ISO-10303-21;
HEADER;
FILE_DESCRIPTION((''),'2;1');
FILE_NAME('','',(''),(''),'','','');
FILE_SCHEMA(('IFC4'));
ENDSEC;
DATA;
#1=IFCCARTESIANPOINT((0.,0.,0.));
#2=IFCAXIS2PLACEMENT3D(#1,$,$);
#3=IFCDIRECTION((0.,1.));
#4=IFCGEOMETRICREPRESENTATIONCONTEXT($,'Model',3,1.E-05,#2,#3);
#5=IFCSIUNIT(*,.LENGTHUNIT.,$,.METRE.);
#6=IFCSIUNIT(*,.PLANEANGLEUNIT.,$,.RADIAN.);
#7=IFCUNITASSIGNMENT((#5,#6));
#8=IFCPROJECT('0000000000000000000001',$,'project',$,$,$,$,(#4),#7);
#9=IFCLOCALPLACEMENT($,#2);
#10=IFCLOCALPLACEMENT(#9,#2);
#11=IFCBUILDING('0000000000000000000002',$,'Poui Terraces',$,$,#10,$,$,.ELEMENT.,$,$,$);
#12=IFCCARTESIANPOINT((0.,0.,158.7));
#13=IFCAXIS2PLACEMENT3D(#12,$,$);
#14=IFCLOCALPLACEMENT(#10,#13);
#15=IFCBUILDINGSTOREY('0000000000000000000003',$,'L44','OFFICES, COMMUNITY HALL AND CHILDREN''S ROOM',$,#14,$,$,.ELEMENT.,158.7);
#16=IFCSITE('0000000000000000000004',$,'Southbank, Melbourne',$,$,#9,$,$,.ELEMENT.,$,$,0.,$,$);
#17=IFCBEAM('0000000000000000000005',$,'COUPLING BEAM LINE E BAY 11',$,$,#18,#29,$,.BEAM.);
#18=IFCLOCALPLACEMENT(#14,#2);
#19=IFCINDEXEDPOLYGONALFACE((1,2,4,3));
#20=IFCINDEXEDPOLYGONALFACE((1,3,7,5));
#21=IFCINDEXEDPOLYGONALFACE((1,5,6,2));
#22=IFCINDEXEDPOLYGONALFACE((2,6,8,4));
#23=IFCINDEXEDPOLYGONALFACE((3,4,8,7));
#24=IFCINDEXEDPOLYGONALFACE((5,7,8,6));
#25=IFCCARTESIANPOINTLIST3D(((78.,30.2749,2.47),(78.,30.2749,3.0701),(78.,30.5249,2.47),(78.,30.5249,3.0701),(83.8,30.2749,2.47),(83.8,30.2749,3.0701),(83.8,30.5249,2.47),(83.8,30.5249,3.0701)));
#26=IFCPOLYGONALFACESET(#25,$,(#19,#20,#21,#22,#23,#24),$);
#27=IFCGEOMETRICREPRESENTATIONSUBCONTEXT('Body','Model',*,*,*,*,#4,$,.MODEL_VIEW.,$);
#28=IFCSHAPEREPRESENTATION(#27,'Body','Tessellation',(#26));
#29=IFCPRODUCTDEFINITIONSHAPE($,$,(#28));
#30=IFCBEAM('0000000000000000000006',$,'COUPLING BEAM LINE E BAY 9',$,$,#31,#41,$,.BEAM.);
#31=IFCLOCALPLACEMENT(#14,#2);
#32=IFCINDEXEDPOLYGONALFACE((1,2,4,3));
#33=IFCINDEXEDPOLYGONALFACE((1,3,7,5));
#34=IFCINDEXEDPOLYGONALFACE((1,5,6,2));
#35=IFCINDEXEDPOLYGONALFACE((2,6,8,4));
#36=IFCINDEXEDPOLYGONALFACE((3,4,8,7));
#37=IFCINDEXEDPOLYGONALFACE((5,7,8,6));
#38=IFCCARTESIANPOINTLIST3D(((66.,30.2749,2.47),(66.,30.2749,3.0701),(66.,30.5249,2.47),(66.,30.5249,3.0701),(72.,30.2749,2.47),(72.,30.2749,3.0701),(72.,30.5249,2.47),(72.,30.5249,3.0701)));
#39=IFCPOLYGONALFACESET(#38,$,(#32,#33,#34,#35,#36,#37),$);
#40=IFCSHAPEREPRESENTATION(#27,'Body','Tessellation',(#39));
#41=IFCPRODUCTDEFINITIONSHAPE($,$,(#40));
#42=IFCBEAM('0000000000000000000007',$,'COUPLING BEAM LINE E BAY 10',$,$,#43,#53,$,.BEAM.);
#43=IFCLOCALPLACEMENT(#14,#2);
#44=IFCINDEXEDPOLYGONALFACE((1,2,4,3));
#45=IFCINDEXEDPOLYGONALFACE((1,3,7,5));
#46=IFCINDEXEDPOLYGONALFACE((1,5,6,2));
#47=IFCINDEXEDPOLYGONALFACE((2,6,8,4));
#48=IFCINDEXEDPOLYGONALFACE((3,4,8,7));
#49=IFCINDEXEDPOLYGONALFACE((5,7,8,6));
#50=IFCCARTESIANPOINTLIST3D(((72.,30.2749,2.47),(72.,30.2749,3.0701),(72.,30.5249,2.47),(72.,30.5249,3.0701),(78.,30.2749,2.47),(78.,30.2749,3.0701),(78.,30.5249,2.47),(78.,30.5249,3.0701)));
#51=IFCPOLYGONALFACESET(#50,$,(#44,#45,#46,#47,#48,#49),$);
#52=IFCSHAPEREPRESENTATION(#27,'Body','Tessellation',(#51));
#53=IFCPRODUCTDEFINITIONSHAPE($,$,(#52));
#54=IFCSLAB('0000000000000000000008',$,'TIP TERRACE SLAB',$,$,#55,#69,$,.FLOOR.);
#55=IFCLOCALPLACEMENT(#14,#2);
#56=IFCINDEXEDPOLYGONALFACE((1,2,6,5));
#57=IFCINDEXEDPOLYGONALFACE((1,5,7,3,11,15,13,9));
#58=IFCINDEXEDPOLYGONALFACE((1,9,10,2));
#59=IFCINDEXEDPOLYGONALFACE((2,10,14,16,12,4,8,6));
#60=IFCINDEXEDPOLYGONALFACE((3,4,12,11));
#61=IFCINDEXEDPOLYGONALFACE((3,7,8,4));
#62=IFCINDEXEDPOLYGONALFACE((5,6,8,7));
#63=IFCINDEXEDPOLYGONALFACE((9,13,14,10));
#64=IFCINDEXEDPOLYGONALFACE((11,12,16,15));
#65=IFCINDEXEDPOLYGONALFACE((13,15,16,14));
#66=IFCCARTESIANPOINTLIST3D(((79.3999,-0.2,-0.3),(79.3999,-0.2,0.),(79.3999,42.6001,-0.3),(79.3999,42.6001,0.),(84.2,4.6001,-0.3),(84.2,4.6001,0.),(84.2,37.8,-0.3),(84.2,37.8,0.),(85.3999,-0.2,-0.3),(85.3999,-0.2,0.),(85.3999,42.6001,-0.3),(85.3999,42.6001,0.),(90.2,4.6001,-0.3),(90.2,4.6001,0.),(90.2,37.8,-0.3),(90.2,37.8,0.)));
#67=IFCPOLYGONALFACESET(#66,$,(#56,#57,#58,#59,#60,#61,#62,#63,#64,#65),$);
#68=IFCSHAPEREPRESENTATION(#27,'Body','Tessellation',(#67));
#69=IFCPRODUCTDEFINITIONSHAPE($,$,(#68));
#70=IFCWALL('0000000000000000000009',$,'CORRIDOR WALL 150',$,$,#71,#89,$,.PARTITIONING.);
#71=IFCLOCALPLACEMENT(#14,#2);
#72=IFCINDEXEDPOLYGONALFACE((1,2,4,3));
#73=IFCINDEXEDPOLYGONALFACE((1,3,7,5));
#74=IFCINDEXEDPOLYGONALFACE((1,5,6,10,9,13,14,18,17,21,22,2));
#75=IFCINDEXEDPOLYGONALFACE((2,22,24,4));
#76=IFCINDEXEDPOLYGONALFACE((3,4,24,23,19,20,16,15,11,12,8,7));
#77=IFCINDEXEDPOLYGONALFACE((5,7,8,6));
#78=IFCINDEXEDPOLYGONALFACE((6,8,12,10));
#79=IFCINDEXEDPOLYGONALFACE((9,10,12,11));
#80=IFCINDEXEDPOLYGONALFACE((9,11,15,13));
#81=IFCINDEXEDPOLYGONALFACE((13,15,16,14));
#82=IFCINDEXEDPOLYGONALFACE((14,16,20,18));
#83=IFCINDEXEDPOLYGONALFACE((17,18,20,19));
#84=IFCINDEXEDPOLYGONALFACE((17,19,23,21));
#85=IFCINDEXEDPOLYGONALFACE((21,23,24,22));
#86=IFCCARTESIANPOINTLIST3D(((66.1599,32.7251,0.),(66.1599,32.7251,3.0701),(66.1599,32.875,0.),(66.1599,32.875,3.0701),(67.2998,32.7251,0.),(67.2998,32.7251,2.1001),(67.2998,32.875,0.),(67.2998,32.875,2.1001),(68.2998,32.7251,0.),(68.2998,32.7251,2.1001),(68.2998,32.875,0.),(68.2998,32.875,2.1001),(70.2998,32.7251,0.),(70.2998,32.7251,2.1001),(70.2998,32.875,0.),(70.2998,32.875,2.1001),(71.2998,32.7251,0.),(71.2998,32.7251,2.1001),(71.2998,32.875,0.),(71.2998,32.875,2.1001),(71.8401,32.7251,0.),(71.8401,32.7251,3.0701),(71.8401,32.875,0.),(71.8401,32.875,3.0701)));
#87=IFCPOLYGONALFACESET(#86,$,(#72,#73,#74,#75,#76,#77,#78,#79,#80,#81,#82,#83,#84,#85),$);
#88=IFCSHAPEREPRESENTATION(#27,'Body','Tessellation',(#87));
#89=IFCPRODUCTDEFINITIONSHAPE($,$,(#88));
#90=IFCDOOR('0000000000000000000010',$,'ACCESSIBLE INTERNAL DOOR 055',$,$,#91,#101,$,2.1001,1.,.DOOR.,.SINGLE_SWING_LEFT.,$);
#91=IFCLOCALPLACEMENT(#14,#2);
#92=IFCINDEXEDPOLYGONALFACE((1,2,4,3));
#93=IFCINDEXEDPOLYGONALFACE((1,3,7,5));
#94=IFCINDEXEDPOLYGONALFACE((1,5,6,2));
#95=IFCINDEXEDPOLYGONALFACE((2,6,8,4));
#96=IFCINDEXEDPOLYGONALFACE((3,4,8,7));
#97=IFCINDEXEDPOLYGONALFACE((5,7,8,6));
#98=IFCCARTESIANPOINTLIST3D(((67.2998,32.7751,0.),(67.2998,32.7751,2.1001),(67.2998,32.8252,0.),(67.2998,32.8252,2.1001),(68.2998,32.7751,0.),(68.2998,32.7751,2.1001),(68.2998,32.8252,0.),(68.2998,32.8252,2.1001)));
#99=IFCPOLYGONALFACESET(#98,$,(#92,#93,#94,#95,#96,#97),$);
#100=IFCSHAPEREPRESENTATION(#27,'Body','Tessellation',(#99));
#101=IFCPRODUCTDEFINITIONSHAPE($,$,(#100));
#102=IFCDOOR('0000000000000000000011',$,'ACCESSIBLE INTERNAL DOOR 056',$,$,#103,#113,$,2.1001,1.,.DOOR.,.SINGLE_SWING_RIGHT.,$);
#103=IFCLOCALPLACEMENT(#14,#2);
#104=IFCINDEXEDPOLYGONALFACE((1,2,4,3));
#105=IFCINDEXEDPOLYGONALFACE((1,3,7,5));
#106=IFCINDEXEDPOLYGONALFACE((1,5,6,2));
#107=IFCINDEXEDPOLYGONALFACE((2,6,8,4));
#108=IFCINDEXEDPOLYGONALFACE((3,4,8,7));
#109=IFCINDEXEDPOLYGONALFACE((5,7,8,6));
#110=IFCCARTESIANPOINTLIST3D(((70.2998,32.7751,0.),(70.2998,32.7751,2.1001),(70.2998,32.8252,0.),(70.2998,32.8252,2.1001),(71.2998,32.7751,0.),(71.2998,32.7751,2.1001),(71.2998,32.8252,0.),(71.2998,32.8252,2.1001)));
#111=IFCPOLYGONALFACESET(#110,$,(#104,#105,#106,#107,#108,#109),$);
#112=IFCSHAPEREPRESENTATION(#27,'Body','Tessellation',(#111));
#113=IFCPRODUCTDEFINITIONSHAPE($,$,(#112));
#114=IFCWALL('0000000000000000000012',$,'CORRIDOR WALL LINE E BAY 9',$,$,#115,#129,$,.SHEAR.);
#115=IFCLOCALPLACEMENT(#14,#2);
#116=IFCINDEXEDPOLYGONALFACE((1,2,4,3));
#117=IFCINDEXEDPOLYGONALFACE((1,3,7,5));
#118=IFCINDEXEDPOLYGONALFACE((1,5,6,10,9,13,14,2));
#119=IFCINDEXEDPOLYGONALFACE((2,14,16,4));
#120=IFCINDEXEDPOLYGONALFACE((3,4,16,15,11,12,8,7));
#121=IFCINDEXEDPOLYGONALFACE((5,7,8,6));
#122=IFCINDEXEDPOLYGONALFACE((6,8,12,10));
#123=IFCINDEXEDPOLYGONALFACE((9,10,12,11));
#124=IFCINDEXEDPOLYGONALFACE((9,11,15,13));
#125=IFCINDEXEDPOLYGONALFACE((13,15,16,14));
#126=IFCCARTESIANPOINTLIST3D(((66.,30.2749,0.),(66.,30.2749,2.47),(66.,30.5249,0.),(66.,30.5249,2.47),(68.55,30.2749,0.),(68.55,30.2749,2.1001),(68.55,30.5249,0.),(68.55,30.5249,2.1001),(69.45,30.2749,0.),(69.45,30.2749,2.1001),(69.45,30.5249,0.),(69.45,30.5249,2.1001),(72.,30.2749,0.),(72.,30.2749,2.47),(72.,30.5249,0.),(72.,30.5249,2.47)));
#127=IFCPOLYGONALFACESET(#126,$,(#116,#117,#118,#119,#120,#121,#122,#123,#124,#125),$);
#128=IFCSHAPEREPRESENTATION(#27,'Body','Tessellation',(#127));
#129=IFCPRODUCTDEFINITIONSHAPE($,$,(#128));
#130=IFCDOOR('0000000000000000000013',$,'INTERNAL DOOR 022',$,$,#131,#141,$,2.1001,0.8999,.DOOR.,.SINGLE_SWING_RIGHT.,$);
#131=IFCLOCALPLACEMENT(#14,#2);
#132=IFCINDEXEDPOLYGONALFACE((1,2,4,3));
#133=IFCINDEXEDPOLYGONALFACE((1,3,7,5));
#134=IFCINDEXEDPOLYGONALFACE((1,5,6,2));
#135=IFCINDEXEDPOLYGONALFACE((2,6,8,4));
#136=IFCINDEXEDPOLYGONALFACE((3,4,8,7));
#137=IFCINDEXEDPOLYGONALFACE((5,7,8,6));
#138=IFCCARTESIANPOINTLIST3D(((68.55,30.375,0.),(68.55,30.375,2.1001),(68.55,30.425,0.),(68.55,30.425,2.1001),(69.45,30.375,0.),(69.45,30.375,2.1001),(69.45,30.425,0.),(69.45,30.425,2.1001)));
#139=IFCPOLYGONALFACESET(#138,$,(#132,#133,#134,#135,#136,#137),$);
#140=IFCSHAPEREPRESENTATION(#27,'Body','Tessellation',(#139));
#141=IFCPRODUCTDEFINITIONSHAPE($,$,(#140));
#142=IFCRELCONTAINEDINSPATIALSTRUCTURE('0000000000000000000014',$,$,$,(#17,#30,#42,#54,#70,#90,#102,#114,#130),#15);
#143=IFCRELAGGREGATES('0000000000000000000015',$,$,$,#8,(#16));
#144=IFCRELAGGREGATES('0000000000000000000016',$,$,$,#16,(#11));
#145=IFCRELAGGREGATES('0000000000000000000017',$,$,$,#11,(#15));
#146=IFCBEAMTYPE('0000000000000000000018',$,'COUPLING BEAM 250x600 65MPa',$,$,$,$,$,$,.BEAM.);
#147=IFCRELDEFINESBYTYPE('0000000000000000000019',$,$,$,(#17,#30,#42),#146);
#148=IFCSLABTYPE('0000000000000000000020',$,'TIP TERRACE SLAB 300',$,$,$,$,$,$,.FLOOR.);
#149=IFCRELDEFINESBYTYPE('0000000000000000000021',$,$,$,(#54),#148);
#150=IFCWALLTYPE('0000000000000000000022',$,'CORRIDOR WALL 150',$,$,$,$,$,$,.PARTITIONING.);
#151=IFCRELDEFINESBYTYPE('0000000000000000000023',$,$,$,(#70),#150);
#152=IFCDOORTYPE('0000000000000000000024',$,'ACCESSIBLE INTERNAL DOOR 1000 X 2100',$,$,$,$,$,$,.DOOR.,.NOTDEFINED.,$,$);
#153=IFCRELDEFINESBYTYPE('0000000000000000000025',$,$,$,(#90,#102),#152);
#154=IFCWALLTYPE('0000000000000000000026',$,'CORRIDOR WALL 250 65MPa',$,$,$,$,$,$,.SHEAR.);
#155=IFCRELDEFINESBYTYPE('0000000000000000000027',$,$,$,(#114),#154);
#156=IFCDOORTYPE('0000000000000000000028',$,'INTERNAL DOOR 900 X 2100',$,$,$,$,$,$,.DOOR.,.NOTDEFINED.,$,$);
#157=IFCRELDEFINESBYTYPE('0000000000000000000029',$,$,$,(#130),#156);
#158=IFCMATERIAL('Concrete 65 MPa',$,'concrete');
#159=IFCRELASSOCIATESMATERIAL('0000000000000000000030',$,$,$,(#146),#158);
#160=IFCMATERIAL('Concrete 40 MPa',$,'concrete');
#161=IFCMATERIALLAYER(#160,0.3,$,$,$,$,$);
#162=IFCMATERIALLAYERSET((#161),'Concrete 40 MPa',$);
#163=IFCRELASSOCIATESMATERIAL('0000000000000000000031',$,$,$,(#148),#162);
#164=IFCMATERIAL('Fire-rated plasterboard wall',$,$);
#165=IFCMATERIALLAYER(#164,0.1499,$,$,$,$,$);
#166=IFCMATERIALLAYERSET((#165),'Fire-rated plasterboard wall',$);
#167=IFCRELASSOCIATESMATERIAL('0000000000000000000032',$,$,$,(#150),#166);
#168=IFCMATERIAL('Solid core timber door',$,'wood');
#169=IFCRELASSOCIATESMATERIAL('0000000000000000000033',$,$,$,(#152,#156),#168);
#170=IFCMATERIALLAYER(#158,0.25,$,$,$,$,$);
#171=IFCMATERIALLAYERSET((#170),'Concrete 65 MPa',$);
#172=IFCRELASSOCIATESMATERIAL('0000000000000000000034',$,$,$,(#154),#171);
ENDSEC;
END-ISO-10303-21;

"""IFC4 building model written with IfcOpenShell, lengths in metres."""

from ifc_helpers import new_model, si_unit, direction, frame, frame_2d, origin, origin_2d, place, context, subcontext, project, spatial, polyline, rectangle, outline, extrude, source, transform, mapped, material, layer, layer_set, material_profile, profile_set, type_object, element, fill, save


model = new_model("IFC4")

# Units and contexts
model_context = context("Model", 3, precision=1e-05, world=origin(), true_north=direction((0.0, 1.0)))
body_context = subcontext(model_context, "Body", "Model", "MODEL_VIEW")
ifc_project = project(units=[si_unit("LENGTHUNIT", "METRE"), si_unit("PLANEANGLEUNIT", "RADIAN")], contexts=[model_context])

# Site, building, storey
site_placement = place(None, origin())
site = spatial("IfcSite", under=ifc_project, at=site_placement, Name="Southbank, Melbourne", CompositionType="ELEMENT", RefElevation=0.0)
building_placement = place(site_placement, origin())
building = spatial("IfcBuilding", under=site, at=building_placement, Name="Poui Terraces", CompositionType="ELEMENT")
storey_placement = place(building_placement, frame((0.0, 0.0, 158.7)))
storey = spatial("IfcBuildingStorey", under=building, at=storey_placement, Name="L44", Description="OFFICES, COMMUNITY HALL AND CHILDREN'S ROOM", CompositionType="ELEMENT", Elevation=158.7)

# Beams
ifc_material_1 = material(Name="Concrete 65 MPa", Category="concrete")
ifc_material_profile = material_profile(ifc_material_1, rectangle(XDim=0.25, YDim=0.6001, at=origin_2d()), Name="RC 250x600")
ifc_profile_set = profile_set([ifc_material_profile], Name="Concrete 65 MPa")
beam_type = type_object("IfcBeamType", Name="COUPLING BEAM 250x600 65MPa", PredefinedType="BEAM", material=ifc_profile_set)
shared_shape_1 = source(origin(), body_context, "Body", "SweptSolid", [
    extrude(rectangle(XDim=0.25, YDim=0.6001, at=origin_2d()), origin(), (0.0, 0.0, 1.0), 5.8),
])
beam_placement = place(storey_placement, frame((78.0, 30.3999, 2.77), z_axis=(1.0, 0.0, 0.0), x_axis=(0.0, 1.0, 0.0)))
element("IfcBeam", 1, at=beam_placement, inside=storey, type_object=beam_type, Name="COUPLING BEAM LINE E BAY 11", PredefinedType="BEAM", context=body_context, shape_type="MappedRepresentation", body=[
    mapped(shared_shape_1, transform((0.0, 0.0, 0.0))),
])
shared_shape_2 = source(origin(), body_context, "Body", "SweptSolid", [
    extrude(rectangle(XDim=0.25, YDim=0.6001, at=origin_2d()), origin(), (0.0, 0.0, 1.0), 6.0),
])
for number, where, z_axis, x_axis, name in (
    (2, (66.0, 30.3999, 2.77), (1.0, 0.0, 0.0), (0.0, 1.0, 0.0), "COUPLING BEAM LINE E BAY 9"),
    (3, (72.0, 30.3999, 2.77), (1.0, 0.0, 0.0), (0.0, 1.0, 0.0), "COUPLING BEAM LINE E BAY 10"),
):
    element("IfcBeam", number, at=place(storey_placement, frame(where, z_axis=z_axis, x_axis=x_axis)), inside=storey, type_object=beam_type, Name=name, PredefinedType="BEAM", context=body_context, shape_type="MappedRepresentation", body=[
        mapped(shared_shape_2, transform((0.0, 0.0, 0.0))),
    ])

# Slab
ifc_material_2 = material(Name="Concrete 40 MPa", Category="concrete")
ifc_layer_1 = layer(ifc_material_2, 0.3)
ifc_layer_set_1 = layer_set([ifc_layer_1], Name="Concrete 40 MPa")
slab_type = type_object("IfcSlabType", Name="TIP TERRACE SLAB 300", PredefinedType="FLOOR", material=ifc_layer_set_1)
shared_shape_3 = source(origin(), body_context, "Body", "SweptSolid", [
    extrude(outline(polyline([(0.0, 0.0), (-6.0, 0.0), (-1.2, -4.8), (-1.2, -38.0), (-6.0, -42.8), (0.0, -42.8), (4.8, -38.0), (4.8, -4.8), (0.0, 0.0)])), origin(), (0.0, 0.0, 1.0), 0.3),
])
slab_placement = place(storey_placement, frame((85.3999, 42.6001, -0.3)))
element("IfcSlab", 4, at=slab_placement, inside=storey, type_object=slab_type, Name="TIP TERRACE SLAB", PredefinedType="FLOOR", context=body_context, shape_type="MappedRepresentation", body=[
    mapped(shared_shape_3, transform((0.0, 0.0, 0.0))),
])

# Wall, openings, doors
ifc_material_3 = material(Name="Fire-rated plasterboard wall")
ifc_layer_2 = layer(ifc_material_3, 0.1499)
ifc_layer_set_2 = layer_set([ifc_layer_2], Name="Fire-rated plasterboard wall")
wall_type_1 = type_object("IfcWallType", Name="CORRIDOR WALL 150", PredefinedType="PARTITIONING", material=ifc_layer_set_2)
wall_1_placement = place(storey_placement, frame((66.1599, 32.8, 0.0), z_axis=(0.0, 0.0, 1.0), x_axis=(1.0, 0.0, 0.0)))
wall_1 = element("IfcWall", 5, at=wall_1_placement, inside=storey, type_object=wall_type_1, Name="CORRIDOR WALL 150", PredefinedType="PARTITIONING", context=body_context, shape_type="SweptSolid", body=[
    extrude(rectangle(XDim=5.6802, YDim=0.1499, at=frame_2d((2.8401, 0.0))), origin(), (0.0, 0.0, 1.0), 3.0701),
])
opening_1_placement = place(wall_1_placement, frame((1.1399, 0.0, 0.0)))
opening_1 = element("IfcOpeningElement", 6, at=opening_1_placement, cuts=wall_1, PredefinedType="OPENING", context=body_context, shape_type="SweptSolid", body=[
    extrude(rectangle(XDim=1.0, YDim=2.1001, at=frame_2d((0.5, 1.05))), frame((0.0, 0.085, 0.0), z_axis=(0.0, -1.0, 0.0), x_axis=(1.0, 0.0, 0.0)), (0.0, 0.0, 1.0), 0.1699),
])
opening_2_placement = place(wall_1_placement, frame((4.1399, 0.0, 0.0)))
opening_2 = element("IfcOpeningElement", 7, at=opening_2_placement, cuts=wall_1, PredefinedType="OPENING", context=body_context, shape_type="SweptSolid", body=[
    extrude(rectangle(XDim=1.0, YDim=2.1001, at=frame_2d((0.5, 1.05))), frame((0.0, 0.085, 0.0), z_axis=(0.0, -1.0, 0.0), x_axis=(1.0, 0.0, 0.0)), (0.0, 0.0, 1.0), 0.1699),
])
ifc_material_4 = material(Name="Solid core timber door", Category="wood")
door_type_1 = type_object("IfcDoorType", Name="ACCESSIBLE INTERNAL DOOR 1000 X 2100", OperationType="NOTDEFINED", PredefinedType="DOOR", material=ifc_material_4)
door_1_placement = place(opening_1_placement, frame((1.0, 0.0, 0.0), z_axis=(0.0, 0.0, 1.0), x_axis=(-1.0, 0.0, 0.0)))
door_1 = element("IfcDoor", 8, at=door_1_placement, inside=storey, type_object=door_type_1, Name="ACCESSIBLE INTERNAL DOOR 055", OperationType="SINGLE_SWING_LEFT", OverallHeight=2.1001, OverallWidth=1.0, PredefinedType="DOOR", context=body_context, shape_type="SweptSolid", body=[
    extrude(rectangle(XDim=1.0, YDim=2.1001, at=frame_2d((0.5, 1.05))), frame((0.0, 0.0249, 0.0), z_axis=(0.0, -1.0, 0.0), x_axis=(1.0, 0.0, 0.0)), (0.0, 0.0, 1.0), 0.05),
])
fill(opening_1, door_1)
door_2_placement = place(opening_2_placement, frame((1.0, 0.0, 0.0), z_axis=(0.0, 0.0, 1.0), x_axis=(-1.0, 0.0, 0.0)))
door_2 = element("IfcDoor", 9, at=door_2_placement, inside=storey, type_object=door_type_1, Name="ACCESSIBLE INTERNAL DOOR 056", OperationType="SINGLE_SWING_RIGHT", OverallHeight=2.1001, OverallWidth=1.0, PredefinedType="DOOR", context=body_context, shape_type="SweptSolid", body=[
    extrude(rectangle(XDim=1.0, YDim=2.1001, at=frame_2d((0.5, 1.05))), frame((0.0, 0.0249, 0.0), z_axis=(0.0, -1.0, 0.0), x_axis=(1.0, 0.0, 0.0)), (0.0, 0.0, 1.0), 0.05),
])
fill(opening_2, door_2)

# Wall, opening, door
ifc_layer_3 = layer(ifc_material_1, 0.25)
ifc_layer_set_3 = layer_set([ifc_layer_3], Name="Concrete 65 MPa")
wall_type_2 = type_object("IfcWallType", Name="CORRIDOR WALL 250 65MPa", PredefinedType="SHEAR", material=ifc_layer_set_3)
wall_2_placement = place(storey_placement, frame((66.0, 30.3999, 0.0), z_axis=(0.0, 0.0, 1.0), x_axis=(1.0, 0.0, 0.0)))
wall_2 = element("IfcWall", 10, at=wall_2_placement, inside=storey, type_object=wall_type_2, Name="CORRIDOR WALL LINE E BAY 9", PredefinedType="SHEAR", context=body_context, shape_type="SweptSolid", body=[
    extrude(rectangle(XDim=6.0, YDim=0.25, at=frame_2d((3.0, 0.0))), origin(), (0.0, 0.0, 1.0), 2.47),
])
opening_3_placement = place(wall_2_placement, frame((2.55, 0.0, 0.0)))
opening_3 = element("IfcOpeningElement", 11, at=opening_3_placement, cuts=wall_2, PredefinedType="OPENING", context=body_context, shape_type="SweptSolid", body=[
    extrude(rectangle(XDim=0.8999, YDim=2.1001, at=frame_2d((0.45, 1.05))), frame((0.0, 0.135, 0.0), z_axis=(0.0, -1.0, 0.0), x_axis=(1.0, 0.0, 0.0)), (0.0, 0.0, 1.0), 0.27),
])
door_type_2 = type_object("IfcDoorType", Name="INTERNAL DOOR 900 X 2100", OperationType="NOTDEFINED", PredefinedType="DOOR", material=ifc_material_4)
door_3_placement = place(opening_3_placement, frame((0.8999, 0.0, 0.0), z_axis=(0.0, 0.0, 1.0), x_axis=(-1.0, 0.0, 0.0)))
door_3 = element("IfcDoor", 12, at=door_3_placement, inside=storey, type_object=door_type_2, Name="INTERNAL DOOR 022", OperationType="SINGLE_SWING_RIGHT", OverallHeight=2.1001, OverallWidth=0.8999, PredefinedType="DOOR", context=body_context, shape_type="SweptSolid", body=[
    extrude(rectangle(XDim=0.8999, YDim=2.1001, at=frame_2d((0.45, 1.05))), frame((0.0, 0.0249, 0.0), z_axis=(0.0, -1.0, 0.0), x_axis=(1.0, 0.0, 0.0)), (0.0, 0.0, 1.0), 0.05),
])
fill(opening_3, door_3)

save(model, "model.ifc")
